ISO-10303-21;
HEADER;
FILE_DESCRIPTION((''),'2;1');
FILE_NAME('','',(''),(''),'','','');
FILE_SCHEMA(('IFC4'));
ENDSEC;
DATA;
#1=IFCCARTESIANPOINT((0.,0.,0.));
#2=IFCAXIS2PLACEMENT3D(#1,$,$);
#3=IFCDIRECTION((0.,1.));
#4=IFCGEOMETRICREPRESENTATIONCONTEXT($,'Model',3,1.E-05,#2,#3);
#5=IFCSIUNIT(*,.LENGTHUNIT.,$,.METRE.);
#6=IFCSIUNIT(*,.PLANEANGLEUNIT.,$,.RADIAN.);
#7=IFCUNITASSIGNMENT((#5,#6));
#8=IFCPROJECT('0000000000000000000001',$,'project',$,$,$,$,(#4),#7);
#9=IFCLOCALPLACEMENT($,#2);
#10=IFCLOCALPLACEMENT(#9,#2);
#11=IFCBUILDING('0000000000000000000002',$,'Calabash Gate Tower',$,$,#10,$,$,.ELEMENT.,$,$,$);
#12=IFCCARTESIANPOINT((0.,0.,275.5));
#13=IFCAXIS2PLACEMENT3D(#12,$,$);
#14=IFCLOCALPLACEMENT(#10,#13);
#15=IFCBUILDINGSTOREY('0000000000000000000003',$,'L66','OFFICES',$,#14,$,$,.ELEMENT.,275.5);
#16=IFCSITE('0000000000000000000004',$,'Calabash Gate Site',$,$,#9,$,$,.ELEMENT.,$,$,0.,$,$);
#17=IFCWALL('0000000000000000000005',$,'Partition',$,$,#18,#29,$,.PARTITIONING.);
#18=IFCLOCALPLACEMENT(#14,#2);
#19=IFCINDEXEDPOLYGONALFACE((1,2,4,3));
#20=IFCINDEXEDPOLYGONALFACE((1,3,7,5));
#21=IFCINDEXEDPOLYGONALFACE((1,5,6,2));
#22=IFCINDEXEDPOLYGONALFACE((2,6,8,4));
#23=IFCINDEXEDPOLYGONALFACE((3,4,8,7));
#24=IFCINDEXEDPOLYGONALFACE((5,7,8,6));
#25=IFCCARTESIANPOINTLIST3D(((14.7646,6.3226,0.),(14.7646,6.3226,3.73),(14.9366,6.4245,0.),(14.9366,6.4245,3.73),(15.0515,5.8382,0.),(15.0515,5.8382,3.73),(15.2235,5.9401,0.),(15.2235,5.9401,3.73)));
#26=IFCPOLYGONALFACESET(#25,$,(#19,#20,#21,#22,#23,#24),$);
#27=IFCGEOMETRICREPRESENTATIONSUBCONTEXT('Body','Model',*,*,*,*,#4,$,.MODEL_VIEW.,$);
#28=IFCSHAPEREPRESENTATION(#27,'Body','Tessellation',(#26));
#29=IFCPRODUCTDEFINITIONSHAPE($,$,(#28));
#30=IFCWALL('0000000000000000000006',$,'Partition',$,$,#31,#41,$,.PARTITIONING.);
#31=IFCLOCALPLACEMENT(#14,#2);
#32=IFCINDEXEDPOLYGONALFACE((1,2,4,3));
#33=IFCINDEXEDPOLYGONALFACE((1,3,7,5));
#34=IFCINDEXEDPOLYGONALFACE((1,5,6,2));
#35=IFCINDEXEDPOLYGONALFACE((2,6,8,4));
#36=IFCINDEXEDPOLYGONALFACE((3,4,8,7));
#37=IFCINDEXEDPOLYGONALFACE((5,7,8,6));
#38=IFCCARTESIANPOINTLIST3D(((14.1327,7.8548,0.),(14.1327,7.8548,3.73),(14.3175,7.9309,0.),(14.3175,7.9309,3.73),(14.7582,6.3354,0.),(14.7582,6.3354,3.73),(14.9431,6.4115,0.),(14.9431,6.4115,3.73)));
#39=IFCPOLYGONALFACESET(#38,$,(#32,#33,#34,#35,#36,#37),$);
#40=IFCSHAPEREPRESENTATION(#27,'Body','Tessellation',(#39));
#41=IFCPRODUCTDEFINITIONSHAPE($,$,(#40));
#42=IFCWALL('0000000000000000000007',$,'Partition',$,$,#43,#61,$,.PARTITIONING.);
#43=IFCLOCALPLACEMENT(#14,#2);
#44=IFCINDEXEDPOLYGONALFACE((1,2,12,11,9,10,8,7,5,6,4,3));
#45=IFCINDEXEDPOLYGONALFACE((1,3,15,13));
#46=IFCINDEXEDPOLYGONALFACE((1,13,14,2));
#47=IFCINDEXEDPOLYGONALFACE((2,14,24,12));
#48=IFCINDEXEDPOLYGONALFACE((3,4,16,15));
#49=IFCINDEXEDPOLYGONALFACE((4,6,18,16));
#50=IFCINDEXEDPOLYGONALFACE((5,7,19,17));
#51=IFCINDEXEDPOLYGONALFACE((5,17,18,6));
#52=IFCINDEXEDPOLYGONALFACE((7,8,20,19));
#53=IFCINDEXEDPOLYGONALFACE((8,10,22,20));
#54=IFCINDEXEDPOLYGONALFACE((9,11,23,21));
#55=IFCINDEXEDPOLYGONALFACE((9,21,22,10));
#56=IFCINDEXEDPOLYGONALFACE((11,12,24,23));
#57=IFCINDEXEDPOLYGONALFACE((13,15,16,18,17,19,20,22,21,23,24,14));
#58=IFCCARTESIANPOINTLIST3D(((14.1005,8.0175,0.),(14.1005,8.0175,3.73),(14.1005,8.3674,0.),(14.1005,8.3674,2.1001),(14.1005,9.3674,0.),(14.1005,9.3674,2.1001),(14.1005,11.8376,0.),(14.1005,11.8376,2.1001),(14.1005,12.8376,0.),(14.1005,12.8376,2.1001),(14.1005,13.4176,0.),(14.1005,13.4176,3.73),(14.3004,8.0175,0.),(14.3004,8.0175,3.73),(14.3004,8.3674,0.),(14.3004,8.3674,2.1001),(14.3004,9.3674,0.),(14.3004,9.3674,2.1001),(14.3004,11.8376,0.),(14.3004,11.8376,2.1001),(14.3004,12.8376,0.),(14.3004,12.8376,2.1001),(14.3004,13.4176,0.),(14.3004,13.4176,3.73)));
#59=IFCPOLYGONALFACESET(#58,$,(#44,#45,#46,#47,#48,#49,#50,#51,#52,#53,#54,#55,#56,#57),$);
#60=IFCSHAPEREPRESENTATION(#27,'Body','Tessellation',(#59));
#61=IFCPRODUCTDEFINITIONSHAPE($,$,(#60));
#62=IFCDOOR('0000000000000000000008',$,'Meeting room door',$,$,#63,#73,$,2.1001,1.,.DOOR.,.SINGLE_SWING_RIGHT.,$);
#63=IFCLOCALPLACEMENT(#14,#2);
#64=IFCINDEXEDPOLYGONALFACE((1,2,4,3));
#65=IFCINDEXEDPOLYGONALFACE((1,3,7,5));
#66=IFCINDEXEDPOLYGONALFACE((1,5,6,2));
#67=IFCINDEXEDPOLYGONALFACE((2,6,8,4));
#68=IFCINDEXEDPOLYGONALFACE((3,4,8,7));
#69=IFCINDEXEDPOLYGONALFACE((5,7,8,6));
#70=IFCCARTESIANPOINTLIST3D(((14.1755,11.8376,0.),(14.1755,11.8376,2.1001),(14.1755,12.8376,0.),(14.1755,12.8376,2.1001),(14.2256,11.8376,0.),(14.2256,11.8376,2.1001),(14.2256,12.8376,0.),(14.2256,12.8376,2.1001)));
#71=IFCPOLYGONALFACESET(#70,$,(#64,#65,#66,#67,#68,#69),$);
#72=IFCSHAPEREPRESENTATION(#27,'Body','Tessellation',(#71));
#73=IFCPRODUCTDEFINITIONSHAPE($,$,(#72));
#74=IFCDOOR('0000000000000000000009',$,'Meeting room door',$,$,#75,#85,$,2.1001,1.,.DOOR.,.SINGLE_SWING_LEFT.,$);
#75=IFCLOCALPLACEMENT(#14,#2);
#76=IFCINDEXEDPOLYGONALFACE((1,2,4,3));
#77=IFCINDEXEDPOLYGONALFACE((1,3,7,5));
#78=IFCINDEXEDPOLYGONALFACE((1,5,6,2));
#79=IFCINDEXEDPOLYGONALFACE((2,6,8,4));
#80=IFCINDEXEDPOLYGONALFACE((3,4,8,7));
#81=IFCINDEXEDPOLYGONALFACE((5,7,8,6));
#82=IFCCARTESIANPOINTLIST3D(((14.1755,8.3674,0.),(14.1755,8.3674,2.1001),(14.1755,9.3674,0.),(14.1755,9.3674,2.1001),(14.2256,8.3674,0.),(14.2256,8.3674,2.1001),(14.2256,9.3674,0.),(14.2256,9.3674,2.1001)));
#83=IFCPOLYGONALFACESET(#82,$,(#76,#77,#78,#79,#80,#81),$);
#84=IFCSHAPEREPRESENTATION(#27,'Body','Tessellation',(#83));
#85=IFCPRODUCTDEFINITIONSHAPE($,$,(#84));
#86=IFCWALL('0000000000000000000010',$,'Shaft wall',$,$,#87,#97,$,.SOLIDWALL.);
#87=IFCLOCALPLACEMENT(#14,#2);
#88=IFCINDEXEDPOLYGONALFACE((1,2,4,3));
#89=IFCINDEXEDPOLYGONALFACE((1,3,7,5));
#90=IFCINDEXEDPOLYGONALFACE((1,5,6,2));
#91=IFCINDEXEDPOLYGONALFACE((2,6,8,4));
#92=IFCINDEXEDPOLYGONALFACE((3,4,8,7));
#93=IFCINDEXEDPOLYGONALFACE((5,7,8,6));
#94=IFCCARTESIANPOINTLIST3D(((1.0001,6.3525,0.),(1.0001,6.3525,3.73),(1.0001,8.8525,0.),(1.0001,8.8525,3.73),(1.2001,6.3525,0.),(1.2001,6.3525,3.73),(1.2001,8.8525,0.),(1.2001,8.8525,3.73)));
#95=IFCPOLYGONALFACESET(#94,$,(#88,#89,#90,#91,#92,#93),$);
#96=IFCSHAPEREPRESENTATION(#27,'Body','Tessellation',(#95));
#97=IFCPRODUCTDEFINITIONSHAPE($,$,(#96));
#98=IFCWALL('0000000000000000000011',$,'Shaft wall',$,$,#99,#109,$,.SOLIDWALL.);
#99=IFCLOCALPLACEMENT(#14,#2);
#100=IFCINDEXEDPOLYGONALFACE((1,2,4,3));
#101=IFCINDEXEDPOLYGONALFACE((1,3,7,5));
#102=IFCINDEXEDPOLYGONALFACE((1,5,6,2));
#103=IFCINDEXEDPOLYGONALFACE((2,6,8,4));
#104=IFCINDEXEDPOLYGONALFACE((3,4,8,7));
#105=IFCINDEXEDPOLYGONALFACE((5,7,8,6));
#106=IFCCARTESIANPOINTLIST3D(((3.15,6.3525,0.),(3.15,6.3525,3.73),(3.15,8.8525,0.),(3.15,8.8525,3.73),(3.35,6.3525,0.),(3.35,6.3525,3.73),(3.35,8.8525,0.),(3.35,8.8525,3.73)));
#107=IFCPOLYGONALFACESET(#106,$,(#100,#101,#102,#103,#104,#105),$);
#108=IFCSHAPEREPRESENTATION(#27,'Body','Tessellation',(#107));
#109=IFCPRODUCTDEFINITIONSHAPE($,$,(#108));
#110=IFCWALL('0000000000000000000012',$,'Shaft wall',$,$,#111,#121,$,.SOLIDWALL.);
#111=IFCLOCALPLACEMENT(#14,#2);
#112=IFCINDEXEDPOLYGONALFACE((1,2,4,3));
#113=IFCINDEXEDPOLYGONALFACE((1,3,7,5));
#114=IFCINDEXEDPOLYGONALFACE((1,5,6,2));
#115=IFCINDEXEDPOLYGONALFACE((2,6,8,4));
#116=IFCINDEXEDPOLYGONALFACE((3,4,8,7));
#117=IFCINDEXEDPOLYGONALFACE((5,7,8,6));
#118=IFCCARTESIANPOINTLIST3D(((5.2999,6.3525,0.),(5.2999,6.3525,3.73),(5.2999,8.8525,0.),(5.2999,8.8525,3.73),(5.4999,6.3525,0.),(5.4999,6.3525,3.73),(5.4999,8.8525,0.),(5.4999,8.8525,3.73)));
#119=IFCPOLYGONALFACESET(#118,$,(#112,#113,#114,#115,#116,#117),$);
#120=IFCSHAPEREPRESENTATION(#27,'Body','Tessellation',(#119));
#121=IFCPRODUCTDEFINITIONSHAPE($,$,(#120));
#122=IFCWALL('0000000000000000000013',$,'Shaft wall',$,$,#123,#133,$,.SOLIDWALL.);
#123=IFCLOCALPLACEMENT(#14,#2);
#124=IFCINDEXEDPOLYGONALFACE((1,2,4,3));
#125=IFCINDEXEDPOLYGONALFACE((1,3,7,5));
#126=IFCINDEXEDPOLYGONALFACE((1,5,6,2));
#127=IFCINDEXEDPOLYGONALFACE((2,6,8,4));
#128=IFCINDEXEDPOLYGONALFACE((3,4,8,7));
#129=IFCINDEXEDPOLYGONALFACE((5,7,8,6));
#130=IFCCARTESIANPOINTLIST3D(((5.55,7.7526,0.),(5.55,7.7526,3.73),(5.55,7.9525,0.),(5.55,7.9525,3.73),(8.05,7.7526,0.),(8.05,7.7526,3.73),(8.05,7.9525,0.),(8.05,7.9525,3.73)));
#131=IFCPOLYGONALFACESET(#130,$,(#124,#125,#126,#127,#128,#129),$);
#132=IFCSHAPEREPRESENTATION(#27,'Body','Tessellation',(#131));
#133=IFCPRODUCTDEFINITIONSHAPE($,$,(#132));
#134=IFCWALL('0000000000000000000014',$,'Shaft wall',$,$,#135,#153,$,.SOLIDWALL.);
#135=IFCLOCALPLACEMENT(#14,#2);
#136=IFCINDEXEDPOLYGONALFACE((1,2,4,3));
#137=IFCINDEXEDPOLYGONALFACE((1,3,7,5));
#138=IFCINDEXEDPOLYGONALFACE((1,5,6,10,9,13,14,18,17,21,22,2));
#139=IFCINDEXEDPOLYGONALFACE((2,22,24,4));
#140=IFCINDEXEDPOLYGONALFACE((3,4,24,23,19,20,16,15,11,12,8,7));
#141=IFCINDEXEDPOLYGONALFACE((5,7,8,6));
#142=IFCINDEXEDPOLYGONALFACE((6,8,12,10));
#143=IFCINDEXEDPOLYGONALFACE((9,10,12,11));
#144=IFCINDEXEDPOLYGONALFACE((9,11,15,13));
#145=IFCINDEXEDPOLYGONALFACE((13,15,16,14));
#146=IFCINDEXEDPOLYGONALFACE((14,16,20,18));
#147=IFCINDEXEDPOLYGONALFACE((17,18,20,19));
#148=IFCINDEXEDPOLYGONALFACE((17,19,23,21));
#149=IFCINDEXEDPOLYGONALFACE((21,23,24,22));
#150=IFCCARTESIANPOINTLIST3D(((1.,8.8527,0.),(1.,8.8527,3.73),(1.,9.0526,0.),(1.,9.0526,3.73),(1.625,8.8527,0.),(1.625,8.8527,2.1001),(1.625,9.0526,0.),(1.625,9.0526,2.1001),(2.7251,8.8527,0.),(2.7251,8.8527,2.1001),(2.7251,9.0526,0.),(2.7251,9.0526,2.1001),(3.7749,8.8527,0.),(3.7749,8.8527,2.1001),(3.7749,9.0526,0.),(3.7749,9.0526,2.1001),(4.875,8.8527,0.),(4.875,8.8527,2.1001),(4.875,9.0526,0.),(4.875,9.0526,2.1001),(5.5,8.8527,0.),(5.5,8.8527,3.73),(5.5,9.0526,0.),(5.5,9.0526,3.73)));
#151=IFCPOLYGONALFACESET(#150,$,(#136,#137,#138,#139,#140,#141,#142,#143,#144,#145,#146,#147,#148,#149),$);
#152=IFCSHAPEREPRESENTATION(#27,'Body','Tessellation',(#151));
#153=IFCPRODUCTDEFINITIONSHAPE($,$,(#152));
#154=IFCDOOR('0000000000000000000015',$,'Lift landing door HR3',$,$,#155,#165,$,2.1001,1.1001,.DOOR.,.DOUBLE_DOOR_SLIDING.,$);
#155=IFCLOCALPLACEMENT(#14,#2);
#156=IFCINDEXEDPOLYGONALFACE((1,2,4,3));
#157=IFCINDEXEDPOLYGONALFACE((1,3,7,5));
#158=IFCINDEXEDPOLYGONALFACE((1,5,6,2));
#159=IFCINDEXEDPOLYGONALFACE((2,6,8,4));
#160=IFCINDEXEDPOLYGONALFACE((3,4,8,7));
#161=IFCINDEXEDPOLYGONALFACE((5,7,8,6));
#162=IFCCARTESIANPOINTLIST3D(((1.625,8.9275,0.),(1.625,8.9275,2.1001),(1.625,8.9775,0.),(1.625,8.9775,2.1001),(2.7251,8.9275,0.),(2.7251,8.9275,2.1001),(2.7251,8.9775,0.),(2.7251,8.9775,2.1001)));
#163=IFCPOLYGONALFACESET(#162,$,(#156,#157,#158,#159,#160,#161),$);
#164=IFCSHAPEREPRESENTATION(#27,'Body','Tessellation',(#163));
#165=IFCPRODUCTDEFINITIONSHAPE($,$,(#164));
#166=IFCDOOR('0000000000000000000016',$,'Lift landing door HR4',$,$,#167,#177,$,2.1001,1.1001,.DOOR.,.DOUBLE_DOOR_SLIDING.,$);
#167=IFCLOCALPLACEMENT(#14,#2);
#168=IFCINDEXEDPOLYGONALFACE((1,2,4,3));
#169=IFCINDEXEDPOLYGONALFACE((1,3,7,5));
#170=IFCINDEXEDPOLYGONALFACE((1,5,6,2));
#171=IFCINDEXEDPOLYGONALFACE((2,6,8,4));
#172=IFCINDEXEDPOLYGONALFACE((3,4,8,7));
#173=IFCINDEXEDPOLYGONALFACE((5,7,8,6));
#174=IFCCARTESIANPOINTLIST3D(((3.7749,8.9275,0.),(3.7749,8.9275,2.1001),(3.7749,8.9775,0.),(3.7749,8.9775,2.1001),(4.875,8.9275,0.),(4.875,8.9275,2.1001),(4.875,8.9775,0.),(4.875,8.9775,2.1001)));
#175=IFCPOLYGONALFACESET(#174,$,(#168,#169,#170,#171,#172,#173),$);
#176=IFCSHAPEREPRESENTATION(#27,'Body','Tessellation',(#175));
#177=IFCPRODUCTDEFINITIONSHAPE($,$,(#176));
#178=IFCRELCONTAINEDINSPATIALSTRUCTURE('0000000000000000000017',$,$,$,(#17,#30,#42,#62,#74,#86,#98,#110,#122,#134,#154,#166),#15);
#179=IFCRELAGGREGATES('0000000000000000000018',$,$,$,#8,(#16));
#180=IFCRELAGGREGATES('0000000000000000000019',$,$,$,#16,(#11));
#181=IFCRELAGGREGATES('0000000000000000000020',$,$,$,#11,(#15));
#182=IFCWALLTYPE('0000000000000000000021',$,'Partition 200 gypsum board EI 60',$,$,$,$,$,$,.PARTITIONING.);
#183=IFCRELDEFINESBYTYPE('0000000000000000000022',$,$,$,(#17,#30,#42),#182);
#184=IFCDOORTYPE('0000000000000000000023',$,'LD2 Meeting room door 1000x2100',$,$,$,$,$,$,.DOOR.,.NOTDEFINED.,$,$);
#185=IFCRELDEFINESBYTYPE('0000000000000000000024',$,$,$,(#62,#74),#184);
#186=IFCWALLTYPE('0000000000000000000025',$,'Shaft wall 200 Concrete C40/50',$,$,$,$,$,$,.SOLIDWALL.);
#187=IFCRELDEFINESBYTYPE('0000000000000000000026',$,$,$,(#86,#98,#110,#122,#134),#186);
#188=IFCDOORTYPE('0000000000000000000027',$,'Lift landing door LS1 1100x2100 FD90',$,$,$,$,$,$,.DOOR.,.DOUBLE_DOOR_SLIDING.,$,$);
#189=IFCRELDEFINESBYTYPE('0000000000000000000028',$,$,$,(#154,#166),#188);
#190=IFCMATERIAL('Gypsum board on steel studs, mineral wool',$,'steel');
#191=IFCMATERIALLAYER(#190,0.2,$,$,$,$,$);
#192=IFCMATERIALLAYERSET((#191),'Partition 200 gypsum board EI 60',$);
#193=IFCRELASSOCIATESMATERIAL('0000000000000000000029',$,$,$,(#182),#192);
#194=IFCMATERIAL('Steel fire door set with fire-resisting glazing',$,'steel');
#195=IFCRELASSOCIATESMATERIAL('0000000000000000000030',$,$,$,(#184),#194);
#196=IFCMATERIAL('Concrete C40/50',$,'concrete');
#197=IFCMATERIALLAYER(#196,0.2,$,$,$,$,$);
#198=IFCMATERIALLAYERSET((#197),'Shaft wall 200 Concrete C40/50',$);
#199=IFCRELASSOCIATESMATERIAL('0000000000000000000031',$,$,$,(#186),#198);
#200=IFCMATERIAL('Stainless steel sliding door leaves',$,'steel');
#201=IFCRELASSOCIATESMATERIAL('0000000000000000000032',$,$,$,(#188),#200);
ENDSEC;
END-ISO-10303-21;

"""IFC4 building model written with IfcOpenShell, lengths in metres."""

from ifc_helpers import new_model, si_unit, direction, frame, frame_2d, origin, place, context, subcontext, project, spatial, rectangle, extrude, material, layer, layer_set, type_object, element, fill, save


model = new_model("IFC4")

# Units and contexts
model_context = context("Model", 3, precision=1e-05, world=origin(), true_north=direction((0.0, 1.0)))
body_context = subcontext(model_context, "Body", "Model", "MODEL_VIEW")
ifc_project = project(units=[si_unit("LENGTHUNIT", "METRE"), si_unit("PLANEANGLEUNIT", "RADIAN")], contexts=[model_context])

# Site, building, storey
site_placement = place(None, origin())
site = spatial("IfcSite", under=ifc_project, at=site_placement, Name="Calabash Gate Site", CompositionType="ELEMENT", RefElevation=0.0)
building_placement = place(site_placement, origin())
building = spatial("IfcBuilding", under=site, at=building_placement, Name="Calabash Gate Tower", CompositionType="ELEMENT")
storey_placement = place(building_placement, frame((0.0, 0.0, 275.5)))
storey = spatial("IfcBuildingStorey", under=building, at=storey_placement, Name="L66", Description="OFFICES", CompositionType="ELEMENT", Elevation=275.5)

# Walls
ifc_material_1 = material(Name="Gypsum board on steel studs, mineral wool", Category="steel")
ifc_layer_1 = layer(ifc_material_1, 0.2)
ifc_layer_set_1 = layer_set([ifc_layer_1], Name="Partition 200 gypsum board EI 60")
wall_type_1 = type_object("IfcWallType", Name="Partition 200 gypsum board EI 60", PredefinedType="PARTITIONING", material=ifc_layer_set_1)
wall_1_placement = place(storey_placement, frame((14.8506, 6.3735, 0.0), z_axis=(0.0, 0.0, 1.0), x_axis=(0.509577, -0.860425, 0.0)))
element("IfcWall", 1, at=wall_1_placement, inside=storey, type_object=wall_type_1, Name="Partition", PredefinedType="PARTITIONING", context=body_context, shape_type="SweptSolid", body=[
    extrude(rectangle(XDim=0.563, YDim=0.2, at=frame_2d((0.2815, 0.0))), origin(), (0.0, 0.0, 1.0), 3.73),
])
wall_2_placement = place(storey_placement, frame((14.2251, 7.8928, 0.0), z_axis=(0.0, 0.0, 1.0), x_axis=(0.380697, -0.9247, 0.0)))
element("IfcWall", 2, at=wall_2_placement, inside=storey, type_object=wall_type_1, Name="Partition", PredefinedType="PARTITIONING", context=body_context, shape_type="SweptSolid", body=[
    extrude(rectangle(XDim=1.6431, YDim=0.2, at=frame_2d((0.8215, 0.0))), origin(), (0.0, 0.0, 1.0), 3.73),
])

# Wall, openings, doors
wall_3_placement = place(storey_placement, frame((14.2004, 8.0173, 0.0), z_axis=(0.0, 0.0, 1.0), x_axis=(0.0, 1.0, 0.0)))
wall_3 = element("IfcWall", 3, at=wall_3_placement, inside=storey, type_object=wall_type_1, Name="Partition", PredefinedType="PARTITIONING", context=body_context, shape_type="SweptSolid", body=[
    extrude(rectangle(XDim=5.4001, YDim=0.2, at=frame_2d((2.7002, 0.0))), origin(), (0.0, 0.0, 1.0), 3.73),
])
opening_1_placement = place(wall_3_placement, frame((3.8203, 0.0, 0.0)))
opening_1 = element("IfcOpeningElement", 4, at=opening_1_placement, cuts=wall_3, PredefinedType="OPENING", context=body_context, shape_type="SweptSolid", body=[
    extrude(rectangle(XDim=1.0, YDim=2.1001, at=frame_2d((0.5, 1.05))), frame((0.0, 0.1099, 0.0), z_axis=(0.0, -1.0, 0.0), x_axis=(1.0, 0.0, 0.0)), (0.0, 0.0, 1.0), 0.22),
])
opening_2_placement = place(wall_3_placement, frame((0.3501, 0.0, 0.0)))
opening_2 = element("IfcOpeningElement", 5, at=opening_2_placement, cuts=wall_3, PredefinedType="OPENING", context=body_context, shape_type="SweptSolid", body=[
    extrude(rectangle(XDim=1.0, YDim=2.1001, at=frame_2d((0.5, 1.05))), frame((0.0, 0.1099, 0.0), z_axis=(0.0, -1.0, 0.0), x_axis=(1.0, 0.0, 0.0)), (0.0, 0.0, 1.0), 0.22),
])
ifc_material_2 = material(Name="Steel fire door set with fire-resisting glazing", Category="steel")
door_type_1 = type_object("IfcDoorType", Name="LD2 Meeting room door 1000x2100", OperationType="NOTDEFINED", PredefinedType="DOOR", material=ifc_material_2)
door_1_placement = place(opening_1_placement, origin())
door_1 = element("IfcDoor", 6, at=door_1_placement, inside=storey, type_object=door_type_1, Name="Meeting room door", OperationType="SINGLE_SWING_RIGHT", OverallHeight=2.1001, OverallWidth=1.0, PredefinedType="DOOR", context=body_context, shape_type="SweptSolid", body=[
    extrude(rectangle(XDim=1.0, YDim=2.1001, at=frame_2d((0.5, 1.05))), frame((0.0, 0.0249, 0.0), z_axis=(0.0, -1.0, 0.0), x_axis=(1.0, 0.0, 0.0)), (0.0, 0.0, 1.0), 0.05),
])
fill(opening_1, door_1)
door_2_placement = place(opening_2_placement, origin())
door_2 = element("IfcDoor", 7, at=door_2_placement, inside=storey, type_object=door_type_1, Name="Meeting room door", OperationType="SINGLE_SWING_LEFT", OverallHeight=2.1001, OverallWidth=1.0, PredefinedType="DOOR", context=body_context, shape_type="SweptSolid", body=[
    extrude(rectangle(XDim=1.0, YDim=2.1001, at=frame_2d((0.5, 1.05))), frame((0.0, 0.0249, 0.0), z_axis=(0.0, -1.0, 0.0), x_axis=(1.0, 0.0, 0.0)), (0.0, 0.0, 1.0), 0.05),
])
fill(opening_2, door_2)

# Walls
ifc_material_3 = material(Name="Concrete C40/50", Category="concrete")
ifc_layer_2 = layer(ifc_material_3, 0.2)
ifc_layer_set_2 = layer_set([ifc_layer_2], Name="Shaft wall 200 Concrete C40/50")
wall_type_2 = type_object("IfcWallType", Name="Shaft wall 200 Concrete C40/50", PredefinedType="SOLIDWALL", material=ifc_layer_set_2)
for number, where, z_axis, x_axis, name in (
    (8, (1.1001, 6.3525, 0.0), (0.0, 0.0, 1.0), (0.0, 1.0, 0.0), "Shaft wall"),
    (9, (3.25, 6.3525, 0.0), (0.0, 0.0, 1.0), (0.0, 1.0, 0.0), "Shaft wall"),
    (10, (5.3999, 6.3525, 0.0), (0.0, 0.0, 1.0), (0.0, 1.0, 0.0), "Shaft wall"),
    (11, (5.55, 7.8525, 0.0), (0.0, 0.0, 1.0), (1.0, 0.0, 0.0), "Shaft wall"),
):
    element("IfcWall", number, at=place(storey_placement, frame(where, z_axis=z_axis, x_axis=x_axis)), inside=storey, type_object=wall_type_2, Name=name, PredefinedType="SOLIDWALL", context=body_context, shape_type="SweptSolid", body=[
        extrude(rectangle(XDim=2.5, YDim=0.2, at=frame_2d((1.25, 0.0))), origin(), (0.0, 0.0, 1.0), 3.73),
    ])

# Wall, openings, doors
wall_4_placement = place(storey_placement, frame((1.0, 8.9526, 0.0), z_axis=(0.0, 0.0, 1.0), x_axis=(1.0, 0.0, 0.0)))
wall_4 = element("IfcWall", 12, at=wall_4_placement, inside=storey, type_object=wall_type_2, Name="Shaft wall", PredefinedType="SOLIDWALL", context=body_context, shape_type="SweptSolid", body=[
    extrude(rectangle(XDim=4.5, YDim=0.2, at=frame_2d((2.25, 0.0))), origin(), (0.0, 0.0, 1.0), 3.73),
])
opening_3_placement = place(wall_4_placement, frame((0.625, 0.0, 0.0)))
opening_3 = element("IfcOpeningElement", 13, at=opening_3_placement, cuts=wall_4, PredefinedType="OPENING", context=body_context, shape_type="SweptSolid", body=[
    extrude(rectangle(XDim=1.1001, YDim=2.1001, at=frame_2d((0.55, 1.05))), frame((0.0, 0.1099, 0.0), z_axis=(0.0, -1.0, 0.0), x_axis=(1.0, 0.0, 0.0)), (0.0, 0.0, 1.0), 0.22),
])
opening_4_placement = place(wall_4_placement, frame((2.7749, 0.0, 0.0)))
opening_4 = element("IfcOpeningElement", 14, at=opening_4_placement, cuts=wall_4, PredefinedType="OPENING", context=body_context, shape_type="SweptSolid", body=[
    extrude(rectangle(XDim=1.1001, YDim=2.1001, at=frame_2d((0.55, 1.05))), frame((0.0, 0.1099, 0.0), z_axis=(0.0, -1.0, 0.0), x_axis=(1.0, 0.0, 0.0)), (0.0, 0.0, 1.0), 0.22),
])
ifc_material_4 = material(Name="Stainless steel sliding door leaves", Category="steel")
door_type_2 = type_object("IfcDoorType", Name="Lift landing door LS1 1100x2100 FD90", OperationType="DOUBLE_DOOR_SLIDING", PredefinedType="DOOR", material=ifc_material_4)
door_3_placement = place(opening_3_placement, origin())
door_3 = element("IfcDoor", 15, at=door_3_placement, inside=storey, type_object=door_type_2, Name="Lift landing door HR3", OperationType="DOUBLE_DOOR_SLIDING", OverallHeight=2.1001, OverallWidth=1.1001, PredefinedType="DOOR", context=body_context, shape_type="SweptSolid", body=[
    extrude(rectangle(XDim=1.1001, YDim=2.1001, at=frame_2d((0.55, 1.05))), frame((0.0, 0.0249, 0.0), z_axis=(0.0, -1.0, 0.0), x_axis=(1.0, 0.0, 0.0)), (0.0, 0.0, 1.0), 0.05),
])
fill(opening_3, door_3)
door_4_placement = place(opening_4_placement, origin())
door_4 = element("IfcDoor", 16, at=door_4_placement, inside=storey, type_object=door_type_2, Name="Lift landing door HR4", OperationType="DOUBLE_DOOR_SLIDING", OverallHeight=2.1001, OverallWidth=1.1001, PredefinedType="DOOR", context=body_context, shape_type="SweptSolid", body=[
    extrude(rectangle(XDim=1.1001, YDim=2.1001, at=frame_2d((0.55, 1.05))), frame((0.0, 0.0249, 0.0), z_axis=(0.0, -1.0, 0.0), x_axis=(1.0, 0.0, 0.0)), (0.0, 0.0, 1.0), 0.05),
])
fill(opening_4, door_4)

save(model, "model.ifc")
